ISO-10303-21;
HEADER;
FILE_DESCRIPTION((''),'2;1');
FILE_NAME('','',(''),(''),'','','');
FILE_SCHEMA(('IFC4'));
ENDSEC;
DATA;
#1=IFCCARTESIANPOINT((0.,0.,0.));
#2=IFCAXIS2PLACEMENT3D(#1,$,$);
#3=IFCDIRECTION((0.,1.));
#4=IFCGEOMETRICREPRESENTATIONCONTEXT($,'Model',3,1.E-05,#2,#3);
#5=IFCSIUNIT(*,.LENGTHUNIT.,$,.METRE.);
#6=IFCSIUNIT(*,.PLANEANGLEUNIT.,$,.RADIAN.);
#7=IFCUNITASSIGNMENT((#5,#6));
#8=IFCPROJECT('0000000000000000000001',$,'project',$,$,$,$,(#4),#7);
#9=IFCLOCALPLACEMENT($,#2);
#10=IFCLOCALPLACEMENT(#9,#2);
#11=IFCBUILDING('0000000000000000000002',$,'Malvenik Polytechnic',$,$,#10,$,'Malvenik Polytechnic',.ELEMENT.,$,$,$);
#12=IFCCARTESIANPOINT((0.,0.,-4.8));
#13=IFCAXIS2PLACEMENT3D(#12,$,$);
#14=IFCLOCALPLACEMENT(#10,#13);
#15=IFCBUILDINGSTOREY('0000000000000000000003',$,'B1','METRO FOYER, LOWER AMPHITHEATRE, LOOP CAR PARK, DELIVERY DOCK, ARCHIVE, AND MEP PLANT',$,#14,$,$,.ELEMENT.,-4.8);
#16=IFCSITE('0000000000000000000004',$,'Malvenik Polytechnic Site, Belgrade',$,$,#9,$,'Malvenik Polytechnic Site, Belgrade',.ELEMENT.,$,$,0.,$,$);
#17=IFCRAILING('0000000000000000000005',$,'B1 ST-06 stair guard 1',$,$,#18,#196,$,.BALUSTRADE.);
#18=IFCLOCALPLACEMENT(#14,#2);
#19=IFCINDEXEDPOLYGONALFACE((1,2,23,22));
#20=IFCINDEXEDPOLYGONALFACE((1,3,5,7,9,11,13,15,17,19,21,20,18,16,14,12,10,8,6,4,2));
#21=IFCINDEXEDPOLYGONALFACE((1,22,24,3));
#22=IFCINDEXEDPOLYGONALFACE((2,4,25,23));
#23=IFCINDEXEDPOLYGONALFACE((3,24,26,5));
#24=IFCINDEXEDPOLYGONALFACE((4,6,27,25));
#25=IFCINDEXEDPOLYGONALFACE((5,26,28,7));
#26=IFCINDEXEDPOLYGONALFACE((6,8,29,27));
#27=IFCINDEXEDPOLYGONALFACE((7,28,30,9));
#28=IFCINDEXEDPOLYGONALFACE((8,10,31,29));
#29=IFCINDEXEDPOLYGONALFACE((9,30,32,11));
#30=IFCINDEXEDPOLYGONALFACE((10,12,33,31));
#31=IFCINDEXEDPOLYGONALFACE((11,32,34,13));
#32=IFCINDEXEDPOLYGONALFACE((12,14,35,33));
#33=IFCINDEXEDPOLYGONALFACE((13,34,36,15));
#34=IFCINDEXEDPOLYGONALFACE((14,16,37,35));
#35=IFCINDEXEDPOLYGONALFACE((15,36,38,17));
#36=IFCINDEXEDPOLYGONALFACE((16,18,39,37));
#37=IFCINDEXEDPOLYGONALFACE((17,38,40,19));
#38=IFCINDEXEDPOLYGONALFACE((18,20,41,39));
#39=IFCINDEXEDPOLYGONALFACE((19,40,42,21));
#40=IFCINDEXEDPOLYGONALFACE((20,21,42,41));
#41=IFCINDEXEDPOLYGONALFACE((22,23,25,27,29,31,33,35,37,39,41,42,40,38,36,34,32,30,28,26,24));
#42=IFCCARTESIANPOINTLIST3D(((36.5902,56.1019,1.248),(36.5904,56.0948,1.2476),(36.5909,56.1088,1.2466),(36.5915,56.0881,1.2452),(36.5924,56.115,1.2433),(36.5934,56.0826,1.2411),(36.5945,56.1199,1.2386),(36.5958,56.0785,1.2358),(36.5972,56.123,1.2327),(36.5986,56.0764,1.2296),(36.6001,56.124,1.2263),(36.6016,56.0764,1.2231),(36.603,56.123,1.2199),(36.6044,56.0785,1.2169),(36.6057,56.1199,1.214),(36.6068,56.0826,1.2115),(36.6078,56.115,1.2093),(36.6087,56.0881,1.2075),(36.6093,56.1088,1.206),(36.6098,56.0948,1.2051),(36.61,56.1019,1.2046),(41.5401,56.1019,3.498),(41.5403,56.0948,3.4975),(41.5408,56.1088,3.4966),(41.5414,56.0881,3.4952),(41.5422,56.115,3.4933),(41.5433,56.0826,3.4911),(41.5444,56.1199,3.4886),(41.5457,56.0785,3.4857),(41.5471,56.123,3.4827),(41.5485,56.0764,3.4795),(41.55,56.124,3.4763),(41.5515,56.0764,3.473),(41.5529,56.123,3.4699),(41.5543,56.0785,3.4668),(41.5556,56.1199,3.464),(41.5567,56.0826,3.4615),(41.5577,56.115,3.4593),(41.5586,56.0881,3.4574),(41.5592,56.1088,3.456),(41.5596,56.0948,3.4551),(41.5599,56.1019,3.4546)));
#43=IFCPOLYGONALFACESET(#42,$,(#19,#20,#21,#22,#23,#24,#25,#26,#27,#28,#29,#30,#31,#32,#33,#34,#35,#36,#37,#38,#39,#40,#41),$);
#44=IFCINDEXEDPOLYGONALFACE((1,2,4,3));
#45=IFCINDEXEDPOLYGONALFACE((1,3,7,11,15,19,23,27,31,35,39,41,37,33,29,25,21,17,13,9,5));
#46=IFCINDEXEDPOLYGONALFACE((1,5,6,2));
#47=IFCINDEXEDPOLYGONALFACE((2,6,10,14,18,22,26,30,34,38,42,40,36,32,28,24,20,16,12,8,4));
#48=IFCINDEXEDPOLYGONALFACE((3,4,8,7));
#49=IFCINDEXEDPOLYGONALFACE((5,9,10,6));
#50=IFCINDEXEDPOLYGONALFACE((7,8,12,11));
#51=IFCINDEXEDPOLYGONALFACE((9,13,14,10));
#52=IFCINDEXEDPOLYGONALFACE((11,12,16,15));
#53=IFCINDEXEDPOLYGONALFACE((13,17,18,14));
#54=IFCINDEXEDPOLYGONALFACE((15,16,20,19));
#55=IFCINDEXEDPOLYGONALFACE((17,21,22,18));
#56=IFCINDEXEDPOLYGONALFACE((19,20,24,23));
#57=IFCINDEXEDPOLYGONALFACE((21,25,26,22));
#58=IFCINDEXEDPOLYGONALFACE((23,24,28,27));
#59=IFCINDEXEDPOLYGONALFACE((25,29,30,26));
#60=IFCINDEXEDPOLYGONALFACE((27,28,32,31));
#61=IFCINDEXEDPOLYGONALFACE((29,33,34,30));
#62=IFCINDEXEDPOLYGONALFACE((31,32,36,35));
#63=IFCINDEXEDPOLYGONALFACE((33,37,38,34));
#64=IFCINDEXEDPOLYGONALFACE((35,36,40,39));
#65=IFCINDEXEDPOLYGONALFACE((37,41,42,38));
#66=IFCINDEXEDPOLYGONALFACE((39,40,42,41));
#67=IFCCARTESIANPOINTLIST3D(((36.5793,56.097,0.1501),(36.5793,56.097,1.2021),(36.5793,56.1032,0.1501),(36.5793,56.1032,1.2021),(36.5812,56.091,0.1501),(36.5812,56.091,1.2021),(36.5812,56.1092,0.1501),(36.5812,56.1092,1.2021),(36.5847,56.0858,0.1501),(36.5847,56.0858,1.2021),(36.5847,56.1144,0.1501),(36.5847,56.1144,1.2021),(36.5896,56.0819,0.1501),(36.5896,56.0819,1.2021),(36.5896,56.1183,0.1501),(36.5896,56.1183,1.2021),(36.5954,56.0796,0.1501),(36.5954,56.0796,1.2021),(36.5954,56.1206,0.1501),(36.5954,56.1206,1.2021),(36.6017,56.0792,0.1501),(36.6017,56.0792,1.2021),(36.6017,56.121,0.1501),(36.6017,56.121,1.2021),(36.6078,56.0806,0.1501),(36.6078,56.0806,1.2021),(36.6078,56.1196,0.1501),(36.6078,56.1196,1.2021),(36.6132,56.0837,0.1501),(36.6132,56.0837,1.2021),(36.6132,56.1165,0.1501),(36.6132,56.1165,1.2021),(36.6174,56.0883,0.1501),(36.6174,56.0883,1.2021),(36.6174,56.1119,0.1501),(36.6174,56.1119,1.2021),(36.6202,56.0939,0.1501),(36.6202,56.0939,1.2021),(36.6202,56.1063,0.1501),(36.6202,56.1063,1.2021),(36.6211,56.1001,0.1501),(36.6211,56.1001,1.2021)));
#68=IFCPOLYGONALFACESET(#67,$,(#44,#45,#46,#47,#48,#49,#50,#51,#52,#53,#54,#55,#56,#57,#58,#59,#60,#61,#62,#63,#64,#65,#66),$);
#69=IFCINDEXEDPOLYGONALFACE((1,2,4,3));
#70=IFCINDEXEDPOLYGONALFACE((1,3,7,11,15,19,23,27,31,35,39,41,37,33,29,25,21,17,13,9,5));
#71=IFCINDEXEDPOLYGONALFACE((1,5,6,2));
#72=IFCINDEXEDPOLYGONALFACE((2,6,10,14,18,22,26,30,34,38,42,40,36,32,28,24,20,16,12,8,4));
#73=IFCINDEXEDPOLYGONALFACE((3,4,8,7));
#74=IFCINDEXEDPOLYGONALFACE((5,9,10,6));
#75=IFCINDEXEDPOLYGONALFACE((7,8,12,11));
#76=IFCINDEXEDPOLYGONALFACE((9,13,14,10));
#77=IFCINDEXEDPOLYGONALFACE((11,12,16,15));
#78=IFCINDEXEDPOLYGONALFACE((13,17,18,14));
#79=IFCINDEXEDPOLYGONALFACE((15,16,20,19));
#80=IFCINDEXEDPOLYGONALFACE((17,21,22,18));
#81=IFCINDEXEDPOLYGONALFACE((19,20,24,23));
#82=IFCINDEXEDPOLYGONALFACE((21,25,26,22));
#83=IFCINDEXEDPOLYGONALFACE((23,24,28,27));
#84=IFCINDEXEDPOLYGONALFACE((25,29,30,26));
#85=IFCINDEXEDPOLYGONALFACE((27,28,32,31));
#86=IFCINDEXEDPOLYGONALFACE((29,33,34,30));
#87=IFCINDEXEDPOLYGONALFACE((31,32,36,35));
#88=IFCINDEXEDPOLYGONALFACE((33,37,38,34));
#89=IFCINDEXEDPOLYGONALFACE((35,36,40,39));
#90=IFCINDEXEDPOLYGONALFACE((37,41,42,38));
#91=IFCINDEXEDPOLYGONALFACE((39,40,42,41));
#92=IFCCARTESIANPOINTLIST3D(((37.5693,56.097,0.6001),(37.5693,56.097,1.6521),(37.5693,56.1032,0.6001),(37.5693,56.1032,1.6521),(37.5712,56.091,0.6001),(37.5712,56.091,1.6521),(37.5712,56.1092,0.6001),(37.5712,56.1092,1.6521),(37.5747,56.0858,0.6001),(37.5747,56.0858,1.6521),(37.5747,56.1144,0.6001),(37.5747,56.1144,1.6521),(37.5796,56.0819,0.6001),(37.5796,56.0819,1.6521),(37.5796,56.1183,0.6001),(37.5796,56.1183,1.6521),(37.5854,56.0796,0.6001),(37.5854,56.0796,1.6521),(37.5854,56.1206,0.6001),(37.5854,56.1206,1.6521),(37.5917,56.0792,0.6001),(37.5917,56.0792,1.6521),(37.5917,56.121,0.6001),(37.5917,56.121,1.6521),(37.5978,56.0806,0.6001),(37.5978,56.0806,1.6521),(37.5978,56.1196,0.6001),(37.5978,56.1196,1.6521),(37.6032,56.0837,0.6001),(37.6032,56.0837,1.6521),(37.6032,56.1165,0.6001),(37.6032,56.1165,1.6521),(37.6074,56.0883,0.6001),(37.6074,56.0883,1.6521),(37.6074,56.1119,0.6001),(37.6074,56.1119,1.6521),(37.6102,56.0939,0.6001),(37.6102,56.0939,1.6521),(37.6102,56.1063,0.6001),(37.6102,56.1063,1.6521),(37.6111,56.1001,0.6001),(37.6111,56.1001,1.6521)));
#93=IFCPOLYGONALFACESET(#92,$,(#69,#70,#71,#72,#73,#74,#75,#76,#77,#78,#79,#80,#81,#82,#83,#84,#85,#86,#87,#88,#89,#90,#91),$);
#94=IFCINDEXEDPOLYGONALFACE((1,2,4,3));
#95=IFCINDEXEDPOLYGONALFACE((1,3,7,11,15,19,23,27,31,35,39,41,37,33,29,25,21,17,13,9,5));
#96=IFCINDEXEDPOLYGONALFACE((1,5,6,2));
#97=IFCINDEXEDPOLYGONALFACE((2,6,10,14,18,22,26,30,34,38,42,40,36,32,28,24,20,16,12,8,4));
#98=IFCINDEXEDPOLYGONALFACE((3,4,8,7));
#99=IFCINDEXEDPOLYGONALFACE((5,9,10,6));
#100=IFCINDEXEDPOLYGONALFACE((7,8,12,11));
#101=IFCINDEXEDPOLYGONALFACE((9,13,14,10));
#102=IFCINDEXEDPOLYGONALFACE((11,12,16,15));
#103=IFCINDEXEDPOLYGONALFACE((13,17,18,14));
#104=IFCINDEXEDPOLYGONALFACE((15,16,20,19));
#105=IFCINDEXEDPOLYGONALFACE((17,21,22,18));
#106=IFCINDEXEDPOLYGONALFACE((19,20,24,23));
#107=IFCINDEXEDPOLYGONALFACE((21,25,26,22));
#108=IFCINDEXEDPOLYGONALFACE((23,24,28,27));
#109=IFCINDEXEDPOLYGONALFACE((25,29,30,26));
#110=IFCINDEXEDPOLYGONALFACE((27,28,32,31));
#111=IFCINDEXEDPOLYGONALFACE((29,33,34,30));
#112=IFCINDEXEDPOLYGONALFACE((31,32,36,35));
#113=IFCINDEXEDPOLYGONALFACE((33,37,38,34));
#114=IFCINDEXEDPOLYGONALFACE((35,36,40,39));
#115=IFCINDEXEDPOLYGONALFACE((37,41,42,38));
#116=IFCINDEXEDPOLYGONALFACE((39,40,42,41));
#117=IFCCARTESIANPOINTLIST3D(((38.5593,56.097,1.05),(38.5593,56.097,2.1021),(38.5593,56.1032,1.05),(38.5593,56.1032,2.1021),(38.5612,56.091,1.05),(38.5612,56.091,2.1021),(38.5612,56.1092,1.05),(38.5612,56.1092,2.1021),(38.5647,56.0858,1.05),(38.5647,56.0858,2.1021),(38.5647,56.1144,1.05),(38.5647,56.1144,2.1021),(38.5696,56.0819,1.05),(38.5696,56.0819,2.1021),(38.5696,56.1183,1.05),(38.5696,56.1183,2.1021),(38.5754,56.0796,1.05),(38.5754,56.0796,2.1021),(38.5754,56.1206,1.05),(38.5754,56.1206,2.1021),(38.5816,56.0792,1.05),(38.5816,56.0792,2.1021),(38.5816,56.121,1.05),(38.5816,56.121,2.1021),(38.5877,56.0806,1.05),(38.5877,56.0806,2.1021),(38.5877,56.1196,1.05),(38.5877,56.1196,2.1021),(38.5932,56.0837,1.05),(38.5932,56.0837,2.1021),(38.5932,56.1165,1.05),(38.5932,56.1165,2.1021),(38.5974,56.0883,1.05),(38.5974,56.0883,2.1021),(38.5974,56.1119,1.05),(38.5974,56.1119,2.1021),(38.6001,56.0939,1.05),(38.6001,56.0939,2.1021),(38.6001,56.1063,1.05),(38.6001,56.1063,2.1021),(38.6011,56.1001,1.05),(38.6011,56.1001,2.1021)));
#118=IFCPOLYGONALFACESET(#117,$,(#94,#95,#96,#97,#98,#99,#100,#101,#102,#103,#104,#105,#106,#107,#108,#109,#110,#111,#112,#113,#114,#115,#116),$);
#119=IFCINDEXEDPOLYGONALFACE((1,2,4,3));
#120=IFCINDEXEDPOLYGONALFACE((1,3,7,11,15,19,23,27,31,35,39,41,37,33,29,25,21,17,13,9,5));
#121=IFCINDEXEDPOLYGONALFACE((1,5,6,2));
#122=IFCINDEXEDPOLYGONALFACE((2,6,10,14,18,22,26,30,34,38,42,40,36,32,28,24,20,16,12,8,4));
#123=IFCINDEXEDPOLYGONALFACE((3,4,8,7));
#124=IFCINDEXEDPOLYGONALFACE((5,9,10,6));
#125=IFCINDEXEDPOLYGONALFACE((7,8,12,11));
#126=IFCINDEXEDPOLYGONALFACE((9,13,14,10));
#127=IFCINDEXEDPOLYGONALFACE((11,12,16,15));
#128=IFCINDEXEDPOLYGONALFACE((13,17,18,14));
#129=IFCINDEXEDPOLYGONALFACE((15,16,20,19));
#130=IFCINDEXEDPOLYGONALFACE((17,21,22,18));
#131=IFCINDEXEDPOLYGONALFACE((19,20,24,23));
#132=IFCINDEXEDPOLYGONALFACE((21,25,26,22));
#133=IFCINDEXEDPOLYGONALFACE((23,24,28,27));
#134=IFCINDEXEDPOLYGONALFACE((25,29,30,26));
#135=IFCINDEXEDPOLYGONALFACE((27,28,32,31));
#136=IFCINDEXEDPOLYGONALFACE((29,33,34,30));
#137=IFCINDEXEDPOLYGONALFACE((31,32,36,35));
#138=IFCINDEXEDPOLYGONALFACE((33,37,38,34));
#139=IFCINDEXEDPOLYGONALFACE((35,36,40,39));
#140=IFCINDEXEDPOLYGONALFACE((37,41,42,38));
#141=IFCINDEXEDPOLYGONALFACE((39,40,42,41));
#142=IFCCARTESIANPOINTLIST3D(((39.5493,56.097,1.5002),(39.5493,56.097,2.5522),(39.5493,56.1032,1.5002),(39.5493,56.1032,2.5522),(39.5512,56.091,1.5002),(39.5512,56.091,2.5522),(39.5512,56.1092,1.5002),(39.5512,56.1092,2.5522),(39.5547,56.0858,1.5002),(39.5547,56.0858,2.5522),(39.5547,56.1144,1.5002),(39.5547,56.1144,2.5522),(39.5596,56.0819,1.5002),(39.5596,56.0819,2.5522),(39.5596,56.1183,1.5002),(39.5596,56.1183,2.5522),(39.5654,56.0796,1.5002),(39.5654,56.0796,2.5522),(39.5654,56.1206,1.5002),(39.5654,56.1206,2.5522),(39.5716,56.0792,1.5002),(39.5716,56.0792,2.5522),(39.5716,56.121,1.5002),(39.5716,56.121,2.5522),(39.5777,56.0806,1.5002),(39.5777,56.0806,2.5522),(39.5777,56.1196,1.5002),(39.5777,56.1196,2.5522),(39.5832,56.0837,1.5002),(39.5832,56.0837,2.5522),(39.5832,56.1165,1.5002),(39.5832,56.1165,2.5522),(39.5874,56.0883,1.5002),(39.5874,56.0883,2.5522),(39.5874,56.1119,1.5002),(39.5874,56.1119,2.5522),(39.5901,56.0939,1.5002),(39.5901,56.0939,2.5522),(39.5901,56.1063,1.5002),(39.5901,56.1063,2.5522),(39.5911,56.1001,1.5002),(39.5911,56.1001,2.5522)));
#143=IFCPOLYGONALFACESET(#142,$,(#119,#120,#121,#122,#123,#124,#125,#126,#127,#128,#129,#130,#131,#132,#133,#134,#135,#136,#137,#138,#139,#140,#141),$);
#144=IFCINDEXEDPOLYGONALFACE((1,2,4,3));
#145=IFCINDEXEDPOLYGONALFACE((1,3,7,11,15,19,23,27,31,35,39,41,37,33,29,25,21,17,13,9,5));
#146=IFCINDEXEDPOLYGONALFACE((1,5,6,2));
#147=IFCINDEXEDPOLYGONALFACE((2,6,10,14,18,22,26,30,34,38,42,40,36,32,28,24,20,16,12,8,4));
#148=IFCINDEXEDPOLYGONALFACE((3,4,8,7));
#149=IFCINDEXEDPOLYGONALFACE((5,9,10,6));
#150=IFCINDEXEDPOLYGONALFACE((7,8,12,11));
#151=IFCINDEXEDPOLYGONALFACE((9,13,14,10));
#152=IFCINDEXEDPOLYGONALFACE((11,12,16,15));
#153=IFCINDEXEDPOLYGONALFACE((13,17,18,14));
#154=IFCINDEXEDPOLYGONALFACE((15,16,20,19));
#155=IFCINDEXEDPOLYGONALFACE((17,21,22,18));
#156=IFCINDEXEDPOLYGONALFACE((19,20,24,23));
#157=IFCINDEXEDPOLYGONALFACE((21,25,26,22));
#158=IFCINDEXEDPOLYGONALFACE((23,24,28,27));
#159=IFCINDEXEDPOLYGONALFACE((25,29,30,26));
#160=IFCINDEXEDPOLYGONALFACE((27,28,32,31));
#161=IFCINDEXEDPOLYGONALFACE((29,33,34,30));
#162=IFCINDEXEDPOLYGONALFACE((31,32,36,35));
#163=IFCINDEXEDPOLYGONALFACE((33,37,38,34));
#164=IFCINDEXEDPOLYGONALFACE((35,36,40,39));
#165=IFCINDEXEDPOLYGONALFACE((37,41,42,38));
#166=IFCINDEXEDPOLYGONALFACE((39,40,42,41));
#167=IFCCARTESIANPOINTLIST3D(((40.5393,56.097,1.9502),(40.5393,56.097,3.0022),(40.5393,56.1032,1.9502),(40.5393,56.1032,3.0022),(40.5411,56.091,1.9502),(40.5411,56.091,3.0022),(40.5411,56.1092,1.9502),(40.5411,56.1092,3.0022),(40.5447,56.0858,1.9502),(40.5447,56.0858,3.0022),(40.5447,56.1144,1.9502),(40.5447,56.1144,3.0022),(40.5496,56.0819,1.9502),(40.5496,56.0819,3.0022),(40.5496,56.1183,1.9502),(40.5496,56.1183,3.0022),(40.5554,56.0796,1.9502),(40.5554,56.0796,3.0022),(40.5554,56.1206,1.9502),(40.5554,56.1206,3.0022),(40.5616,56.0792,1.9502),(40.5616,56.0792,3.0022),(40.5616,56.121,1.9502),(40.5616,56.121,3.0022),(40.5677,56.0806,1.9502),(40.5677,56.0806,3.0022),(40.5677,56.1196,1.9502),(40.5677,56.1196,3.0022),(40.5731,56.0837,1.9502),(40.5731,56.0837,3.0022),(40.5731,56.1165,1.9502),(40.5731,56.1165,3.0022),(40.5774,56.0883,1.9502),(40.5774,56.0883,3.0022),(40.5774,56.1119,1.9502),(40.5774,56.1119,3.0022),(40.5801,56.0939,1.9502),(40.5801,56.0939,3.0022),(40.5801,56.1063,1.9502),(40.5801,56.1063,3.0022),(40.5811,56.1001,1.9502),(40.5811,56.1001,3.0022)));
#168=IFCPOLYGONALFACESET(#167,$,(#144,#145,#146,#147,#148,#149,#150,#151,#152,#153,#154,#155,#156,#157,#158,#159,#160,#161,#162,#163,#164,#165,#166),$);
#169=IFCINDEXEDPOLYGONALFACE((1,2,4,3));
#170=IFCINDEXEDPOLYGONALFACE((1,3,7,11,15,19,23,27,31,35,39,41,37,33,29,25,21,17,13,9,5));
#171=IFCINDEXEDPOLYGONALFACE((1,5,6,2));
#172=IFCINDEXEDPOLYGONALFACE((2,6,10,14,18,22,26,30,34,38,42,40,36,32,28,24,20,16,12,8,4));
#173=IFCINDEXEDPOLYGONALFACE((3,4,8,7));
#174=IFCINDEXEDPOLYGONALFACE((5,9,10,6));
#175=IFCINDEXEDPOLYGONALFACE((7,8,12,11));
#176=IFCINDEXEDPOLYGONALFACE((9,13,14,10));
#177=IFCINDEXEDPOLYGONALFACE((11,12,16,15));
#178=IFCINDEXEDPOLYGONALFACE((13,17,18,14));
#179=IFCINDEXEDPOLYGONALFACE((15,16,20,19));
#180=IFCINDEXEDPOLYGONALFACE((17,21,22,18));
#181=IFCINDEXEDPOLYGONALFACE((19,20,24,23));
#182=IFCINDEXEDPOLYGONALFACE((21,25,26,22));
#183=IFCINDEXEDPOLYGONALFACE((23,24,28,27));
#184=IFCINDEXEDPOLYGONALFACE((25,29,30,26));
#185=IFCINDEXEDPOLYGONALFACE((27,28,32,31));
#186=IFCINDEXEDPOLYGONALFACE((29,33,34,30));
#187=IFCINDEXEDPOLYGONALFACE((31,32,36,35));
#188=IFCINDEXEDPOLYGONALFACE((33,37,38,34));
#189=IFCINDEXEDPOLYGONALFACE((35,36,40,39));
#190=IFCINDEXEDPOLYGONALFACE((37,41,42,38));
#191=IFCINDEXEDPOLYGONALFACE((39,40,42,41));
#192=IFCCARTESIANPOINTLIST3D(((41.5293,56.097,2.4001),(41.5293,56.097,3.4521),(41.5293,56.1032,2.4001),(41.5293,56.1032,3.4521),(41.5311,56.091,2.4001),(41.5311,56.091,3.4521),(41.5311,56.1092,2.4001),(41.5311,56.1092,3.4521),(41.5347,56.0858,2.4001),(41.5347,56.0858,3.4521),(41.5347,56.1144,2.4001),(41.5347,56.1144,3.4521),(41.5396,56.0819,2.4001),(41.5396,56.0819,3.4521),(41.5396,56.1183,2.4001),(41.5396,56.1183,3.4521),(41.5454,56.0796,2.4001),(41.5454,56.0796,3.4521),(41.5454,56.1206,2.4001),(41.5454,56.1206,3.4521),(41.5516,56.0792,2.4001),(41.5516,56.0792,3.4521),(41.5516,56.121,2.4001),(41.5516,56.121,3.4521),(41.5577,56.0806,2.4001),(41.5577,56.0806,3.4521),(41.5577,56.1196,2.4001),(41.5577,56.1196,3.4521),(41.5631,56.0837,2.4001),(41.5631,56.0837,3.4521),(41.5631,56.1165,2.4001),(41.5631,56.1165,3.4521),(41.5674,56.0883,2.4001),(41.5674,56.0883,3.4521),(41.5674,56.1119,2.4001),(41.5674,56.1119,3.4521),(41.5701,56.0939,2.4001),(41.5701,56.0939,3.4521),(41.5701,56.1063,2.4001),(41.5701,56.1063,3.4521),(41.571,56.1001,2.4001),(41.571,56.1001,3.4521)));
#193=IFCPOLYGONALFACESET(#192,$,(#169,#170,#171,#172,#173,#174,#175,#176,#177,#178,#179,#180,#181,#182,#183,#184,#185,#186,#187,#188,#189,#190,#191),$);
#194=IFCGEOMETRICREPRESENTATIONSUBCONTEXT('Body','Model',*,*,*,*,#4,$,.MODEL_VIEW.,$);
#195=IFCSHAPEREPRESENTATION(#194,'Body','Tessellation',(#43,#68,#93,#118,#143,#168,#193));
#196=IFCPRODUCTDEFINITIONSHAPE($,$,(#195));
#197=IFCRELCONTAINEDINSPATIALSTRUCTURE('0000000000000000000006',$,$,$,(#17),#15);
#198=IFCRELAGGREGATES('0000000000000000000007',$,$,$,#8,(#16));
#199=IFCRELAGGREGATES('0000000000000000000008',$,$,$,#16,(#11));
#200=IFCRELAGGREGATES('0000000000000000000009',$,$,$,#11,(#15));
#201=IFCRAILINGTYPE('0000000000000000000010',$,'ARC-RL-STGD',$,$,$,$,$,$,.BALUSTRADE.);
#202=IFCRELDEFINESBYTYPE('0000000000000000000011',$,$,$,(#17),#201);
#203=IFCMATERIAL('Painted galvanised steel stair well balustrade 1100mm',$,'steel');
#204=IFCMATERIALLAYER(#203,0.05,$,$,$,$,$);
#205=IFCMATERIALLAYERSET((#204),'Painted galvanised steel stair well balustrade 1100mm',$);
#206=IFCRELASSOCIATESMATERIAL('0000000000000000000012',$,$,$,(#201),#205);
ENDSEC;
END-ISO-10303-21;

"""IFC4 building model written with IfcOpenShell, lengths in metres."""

from ifc_helpers import new_model, si_unit, direction, frame, origin, origin_2d, place, context, subcontext, project, spatial, circle, extrude, material, layer, layer_set, type_object, element, save


model = new_model("IFC4")

# Units and contexts
model_context = context("Model", 3, precision=1e-05, world=origin(), true_north=direction((0.0, 1.0)))
body_context = subcontext(model_context, "Body", "Model", "MODEL_VIEW")
ifc_project = project(units=[si_unit("LENGTHUNIT", "METRE"), si_unit("PLANEANGLEUNIT", "RADIAN")], contexts=[model_context])

# Site, building, storey
site_placement = place(None, origin())
site = spatial("IfcSite", under=ifc_project, at=site_placement, Name="Malvenik Polytechnic Site, Belgrade", LongName="Malvenik Polytechnic Site, Belgrade", CompositionType="ELEMENT", RefElevation=0.0)
building_placement = place(site_placement, origin())
building = spatial("IfcBuilding", under=site, at=building_placement, Name="Malvenik Polytechnic", LongName="Malvenik Polytechnic", CompositionType="ELEMENT")
storey_placement = place(building_placement, frame((0.0, 0.0, -4.8)))
storey = spatial("IfcBuildingStorey", under=building, at=storey_placement, Name="B1", Description="METRO FOYER, LOWER AMPHITHEATRE, LOOP CAR PARK, DELIVERY DOCK, ARCHIVE, AND MEP PLANT", CompositionType="ELEMENT", Elevation=-4.8)

# Railing
ifc_material_1 = material(Name="Painted galvanised steel stair well balustrade 1100mm", Category="steel")
ifc_layer_1 = layer(ifc_material_1, 0.05)
ifc_layer_set_1 = layer_set([ifc_layer_1], Name="Painted galvanised steel stair well balustrade 1100mm")
railing_type_1 = type_object("IfcRailingType", Name="ARC-RL-STGD", PredefinedType="BALUSTRADE", material=ifc_layer_set_1)
railing_1_placement = place(storey_placement, frame((36.6001, 56.1001, 0.1501)))
element("IfcRailing", 1, at=railing_1_placement, inside=storey, type_object=railing_type_1, Name="B1 ST-06 stair guard 1", PredefinedType="BALUSTRADE", context=body_context, shape_type="SweptSolid", body=[
    extrude(circle(Radius=0.0239, at=origin_2d()), frame((0.0, 0.0, 1.0762), z_axis=(0.910365, 0.0, 0.413806), x_axis=(0.0, 1.0, 0.0)), (0.0, 0.0, 1.0), 5.4373),
    extrude(circle(Radius=0.021, at=origin_2d()), origin(), (0.0, 0.0, 1.0), 1.052),
    extrude(circle(Radius=0.021, at=origin_2d()), frame((0.99, 0.0, 0.45)), (0.0, 0.0, 1.0), 1.052),
    extrude(circle(Radius=0.021, at=origin_2d()), frame((1.98, 0.0, 0.8999)), (0.0, 0.0, 1.0), 1.052),
    extrude(circle(Radius=0.021, at=origin_2d()), frame((2.97, 0.0, 1.3501)), (0.0, 0.0, 1.0), 1.052),
    extrude(circle(Radius=0.021, at=origin_2d()), frame((3.96, 0.0, 1.8)), (0.0, 0.0, 1.0), 1.052),
    extrude(circle(Radius=0.021, at=origin_2d()), frame((4.95, 0.0, 2.25)), (0.0, 0.0, 1.0), 1.052),
])

save(model, "model.ifc")
